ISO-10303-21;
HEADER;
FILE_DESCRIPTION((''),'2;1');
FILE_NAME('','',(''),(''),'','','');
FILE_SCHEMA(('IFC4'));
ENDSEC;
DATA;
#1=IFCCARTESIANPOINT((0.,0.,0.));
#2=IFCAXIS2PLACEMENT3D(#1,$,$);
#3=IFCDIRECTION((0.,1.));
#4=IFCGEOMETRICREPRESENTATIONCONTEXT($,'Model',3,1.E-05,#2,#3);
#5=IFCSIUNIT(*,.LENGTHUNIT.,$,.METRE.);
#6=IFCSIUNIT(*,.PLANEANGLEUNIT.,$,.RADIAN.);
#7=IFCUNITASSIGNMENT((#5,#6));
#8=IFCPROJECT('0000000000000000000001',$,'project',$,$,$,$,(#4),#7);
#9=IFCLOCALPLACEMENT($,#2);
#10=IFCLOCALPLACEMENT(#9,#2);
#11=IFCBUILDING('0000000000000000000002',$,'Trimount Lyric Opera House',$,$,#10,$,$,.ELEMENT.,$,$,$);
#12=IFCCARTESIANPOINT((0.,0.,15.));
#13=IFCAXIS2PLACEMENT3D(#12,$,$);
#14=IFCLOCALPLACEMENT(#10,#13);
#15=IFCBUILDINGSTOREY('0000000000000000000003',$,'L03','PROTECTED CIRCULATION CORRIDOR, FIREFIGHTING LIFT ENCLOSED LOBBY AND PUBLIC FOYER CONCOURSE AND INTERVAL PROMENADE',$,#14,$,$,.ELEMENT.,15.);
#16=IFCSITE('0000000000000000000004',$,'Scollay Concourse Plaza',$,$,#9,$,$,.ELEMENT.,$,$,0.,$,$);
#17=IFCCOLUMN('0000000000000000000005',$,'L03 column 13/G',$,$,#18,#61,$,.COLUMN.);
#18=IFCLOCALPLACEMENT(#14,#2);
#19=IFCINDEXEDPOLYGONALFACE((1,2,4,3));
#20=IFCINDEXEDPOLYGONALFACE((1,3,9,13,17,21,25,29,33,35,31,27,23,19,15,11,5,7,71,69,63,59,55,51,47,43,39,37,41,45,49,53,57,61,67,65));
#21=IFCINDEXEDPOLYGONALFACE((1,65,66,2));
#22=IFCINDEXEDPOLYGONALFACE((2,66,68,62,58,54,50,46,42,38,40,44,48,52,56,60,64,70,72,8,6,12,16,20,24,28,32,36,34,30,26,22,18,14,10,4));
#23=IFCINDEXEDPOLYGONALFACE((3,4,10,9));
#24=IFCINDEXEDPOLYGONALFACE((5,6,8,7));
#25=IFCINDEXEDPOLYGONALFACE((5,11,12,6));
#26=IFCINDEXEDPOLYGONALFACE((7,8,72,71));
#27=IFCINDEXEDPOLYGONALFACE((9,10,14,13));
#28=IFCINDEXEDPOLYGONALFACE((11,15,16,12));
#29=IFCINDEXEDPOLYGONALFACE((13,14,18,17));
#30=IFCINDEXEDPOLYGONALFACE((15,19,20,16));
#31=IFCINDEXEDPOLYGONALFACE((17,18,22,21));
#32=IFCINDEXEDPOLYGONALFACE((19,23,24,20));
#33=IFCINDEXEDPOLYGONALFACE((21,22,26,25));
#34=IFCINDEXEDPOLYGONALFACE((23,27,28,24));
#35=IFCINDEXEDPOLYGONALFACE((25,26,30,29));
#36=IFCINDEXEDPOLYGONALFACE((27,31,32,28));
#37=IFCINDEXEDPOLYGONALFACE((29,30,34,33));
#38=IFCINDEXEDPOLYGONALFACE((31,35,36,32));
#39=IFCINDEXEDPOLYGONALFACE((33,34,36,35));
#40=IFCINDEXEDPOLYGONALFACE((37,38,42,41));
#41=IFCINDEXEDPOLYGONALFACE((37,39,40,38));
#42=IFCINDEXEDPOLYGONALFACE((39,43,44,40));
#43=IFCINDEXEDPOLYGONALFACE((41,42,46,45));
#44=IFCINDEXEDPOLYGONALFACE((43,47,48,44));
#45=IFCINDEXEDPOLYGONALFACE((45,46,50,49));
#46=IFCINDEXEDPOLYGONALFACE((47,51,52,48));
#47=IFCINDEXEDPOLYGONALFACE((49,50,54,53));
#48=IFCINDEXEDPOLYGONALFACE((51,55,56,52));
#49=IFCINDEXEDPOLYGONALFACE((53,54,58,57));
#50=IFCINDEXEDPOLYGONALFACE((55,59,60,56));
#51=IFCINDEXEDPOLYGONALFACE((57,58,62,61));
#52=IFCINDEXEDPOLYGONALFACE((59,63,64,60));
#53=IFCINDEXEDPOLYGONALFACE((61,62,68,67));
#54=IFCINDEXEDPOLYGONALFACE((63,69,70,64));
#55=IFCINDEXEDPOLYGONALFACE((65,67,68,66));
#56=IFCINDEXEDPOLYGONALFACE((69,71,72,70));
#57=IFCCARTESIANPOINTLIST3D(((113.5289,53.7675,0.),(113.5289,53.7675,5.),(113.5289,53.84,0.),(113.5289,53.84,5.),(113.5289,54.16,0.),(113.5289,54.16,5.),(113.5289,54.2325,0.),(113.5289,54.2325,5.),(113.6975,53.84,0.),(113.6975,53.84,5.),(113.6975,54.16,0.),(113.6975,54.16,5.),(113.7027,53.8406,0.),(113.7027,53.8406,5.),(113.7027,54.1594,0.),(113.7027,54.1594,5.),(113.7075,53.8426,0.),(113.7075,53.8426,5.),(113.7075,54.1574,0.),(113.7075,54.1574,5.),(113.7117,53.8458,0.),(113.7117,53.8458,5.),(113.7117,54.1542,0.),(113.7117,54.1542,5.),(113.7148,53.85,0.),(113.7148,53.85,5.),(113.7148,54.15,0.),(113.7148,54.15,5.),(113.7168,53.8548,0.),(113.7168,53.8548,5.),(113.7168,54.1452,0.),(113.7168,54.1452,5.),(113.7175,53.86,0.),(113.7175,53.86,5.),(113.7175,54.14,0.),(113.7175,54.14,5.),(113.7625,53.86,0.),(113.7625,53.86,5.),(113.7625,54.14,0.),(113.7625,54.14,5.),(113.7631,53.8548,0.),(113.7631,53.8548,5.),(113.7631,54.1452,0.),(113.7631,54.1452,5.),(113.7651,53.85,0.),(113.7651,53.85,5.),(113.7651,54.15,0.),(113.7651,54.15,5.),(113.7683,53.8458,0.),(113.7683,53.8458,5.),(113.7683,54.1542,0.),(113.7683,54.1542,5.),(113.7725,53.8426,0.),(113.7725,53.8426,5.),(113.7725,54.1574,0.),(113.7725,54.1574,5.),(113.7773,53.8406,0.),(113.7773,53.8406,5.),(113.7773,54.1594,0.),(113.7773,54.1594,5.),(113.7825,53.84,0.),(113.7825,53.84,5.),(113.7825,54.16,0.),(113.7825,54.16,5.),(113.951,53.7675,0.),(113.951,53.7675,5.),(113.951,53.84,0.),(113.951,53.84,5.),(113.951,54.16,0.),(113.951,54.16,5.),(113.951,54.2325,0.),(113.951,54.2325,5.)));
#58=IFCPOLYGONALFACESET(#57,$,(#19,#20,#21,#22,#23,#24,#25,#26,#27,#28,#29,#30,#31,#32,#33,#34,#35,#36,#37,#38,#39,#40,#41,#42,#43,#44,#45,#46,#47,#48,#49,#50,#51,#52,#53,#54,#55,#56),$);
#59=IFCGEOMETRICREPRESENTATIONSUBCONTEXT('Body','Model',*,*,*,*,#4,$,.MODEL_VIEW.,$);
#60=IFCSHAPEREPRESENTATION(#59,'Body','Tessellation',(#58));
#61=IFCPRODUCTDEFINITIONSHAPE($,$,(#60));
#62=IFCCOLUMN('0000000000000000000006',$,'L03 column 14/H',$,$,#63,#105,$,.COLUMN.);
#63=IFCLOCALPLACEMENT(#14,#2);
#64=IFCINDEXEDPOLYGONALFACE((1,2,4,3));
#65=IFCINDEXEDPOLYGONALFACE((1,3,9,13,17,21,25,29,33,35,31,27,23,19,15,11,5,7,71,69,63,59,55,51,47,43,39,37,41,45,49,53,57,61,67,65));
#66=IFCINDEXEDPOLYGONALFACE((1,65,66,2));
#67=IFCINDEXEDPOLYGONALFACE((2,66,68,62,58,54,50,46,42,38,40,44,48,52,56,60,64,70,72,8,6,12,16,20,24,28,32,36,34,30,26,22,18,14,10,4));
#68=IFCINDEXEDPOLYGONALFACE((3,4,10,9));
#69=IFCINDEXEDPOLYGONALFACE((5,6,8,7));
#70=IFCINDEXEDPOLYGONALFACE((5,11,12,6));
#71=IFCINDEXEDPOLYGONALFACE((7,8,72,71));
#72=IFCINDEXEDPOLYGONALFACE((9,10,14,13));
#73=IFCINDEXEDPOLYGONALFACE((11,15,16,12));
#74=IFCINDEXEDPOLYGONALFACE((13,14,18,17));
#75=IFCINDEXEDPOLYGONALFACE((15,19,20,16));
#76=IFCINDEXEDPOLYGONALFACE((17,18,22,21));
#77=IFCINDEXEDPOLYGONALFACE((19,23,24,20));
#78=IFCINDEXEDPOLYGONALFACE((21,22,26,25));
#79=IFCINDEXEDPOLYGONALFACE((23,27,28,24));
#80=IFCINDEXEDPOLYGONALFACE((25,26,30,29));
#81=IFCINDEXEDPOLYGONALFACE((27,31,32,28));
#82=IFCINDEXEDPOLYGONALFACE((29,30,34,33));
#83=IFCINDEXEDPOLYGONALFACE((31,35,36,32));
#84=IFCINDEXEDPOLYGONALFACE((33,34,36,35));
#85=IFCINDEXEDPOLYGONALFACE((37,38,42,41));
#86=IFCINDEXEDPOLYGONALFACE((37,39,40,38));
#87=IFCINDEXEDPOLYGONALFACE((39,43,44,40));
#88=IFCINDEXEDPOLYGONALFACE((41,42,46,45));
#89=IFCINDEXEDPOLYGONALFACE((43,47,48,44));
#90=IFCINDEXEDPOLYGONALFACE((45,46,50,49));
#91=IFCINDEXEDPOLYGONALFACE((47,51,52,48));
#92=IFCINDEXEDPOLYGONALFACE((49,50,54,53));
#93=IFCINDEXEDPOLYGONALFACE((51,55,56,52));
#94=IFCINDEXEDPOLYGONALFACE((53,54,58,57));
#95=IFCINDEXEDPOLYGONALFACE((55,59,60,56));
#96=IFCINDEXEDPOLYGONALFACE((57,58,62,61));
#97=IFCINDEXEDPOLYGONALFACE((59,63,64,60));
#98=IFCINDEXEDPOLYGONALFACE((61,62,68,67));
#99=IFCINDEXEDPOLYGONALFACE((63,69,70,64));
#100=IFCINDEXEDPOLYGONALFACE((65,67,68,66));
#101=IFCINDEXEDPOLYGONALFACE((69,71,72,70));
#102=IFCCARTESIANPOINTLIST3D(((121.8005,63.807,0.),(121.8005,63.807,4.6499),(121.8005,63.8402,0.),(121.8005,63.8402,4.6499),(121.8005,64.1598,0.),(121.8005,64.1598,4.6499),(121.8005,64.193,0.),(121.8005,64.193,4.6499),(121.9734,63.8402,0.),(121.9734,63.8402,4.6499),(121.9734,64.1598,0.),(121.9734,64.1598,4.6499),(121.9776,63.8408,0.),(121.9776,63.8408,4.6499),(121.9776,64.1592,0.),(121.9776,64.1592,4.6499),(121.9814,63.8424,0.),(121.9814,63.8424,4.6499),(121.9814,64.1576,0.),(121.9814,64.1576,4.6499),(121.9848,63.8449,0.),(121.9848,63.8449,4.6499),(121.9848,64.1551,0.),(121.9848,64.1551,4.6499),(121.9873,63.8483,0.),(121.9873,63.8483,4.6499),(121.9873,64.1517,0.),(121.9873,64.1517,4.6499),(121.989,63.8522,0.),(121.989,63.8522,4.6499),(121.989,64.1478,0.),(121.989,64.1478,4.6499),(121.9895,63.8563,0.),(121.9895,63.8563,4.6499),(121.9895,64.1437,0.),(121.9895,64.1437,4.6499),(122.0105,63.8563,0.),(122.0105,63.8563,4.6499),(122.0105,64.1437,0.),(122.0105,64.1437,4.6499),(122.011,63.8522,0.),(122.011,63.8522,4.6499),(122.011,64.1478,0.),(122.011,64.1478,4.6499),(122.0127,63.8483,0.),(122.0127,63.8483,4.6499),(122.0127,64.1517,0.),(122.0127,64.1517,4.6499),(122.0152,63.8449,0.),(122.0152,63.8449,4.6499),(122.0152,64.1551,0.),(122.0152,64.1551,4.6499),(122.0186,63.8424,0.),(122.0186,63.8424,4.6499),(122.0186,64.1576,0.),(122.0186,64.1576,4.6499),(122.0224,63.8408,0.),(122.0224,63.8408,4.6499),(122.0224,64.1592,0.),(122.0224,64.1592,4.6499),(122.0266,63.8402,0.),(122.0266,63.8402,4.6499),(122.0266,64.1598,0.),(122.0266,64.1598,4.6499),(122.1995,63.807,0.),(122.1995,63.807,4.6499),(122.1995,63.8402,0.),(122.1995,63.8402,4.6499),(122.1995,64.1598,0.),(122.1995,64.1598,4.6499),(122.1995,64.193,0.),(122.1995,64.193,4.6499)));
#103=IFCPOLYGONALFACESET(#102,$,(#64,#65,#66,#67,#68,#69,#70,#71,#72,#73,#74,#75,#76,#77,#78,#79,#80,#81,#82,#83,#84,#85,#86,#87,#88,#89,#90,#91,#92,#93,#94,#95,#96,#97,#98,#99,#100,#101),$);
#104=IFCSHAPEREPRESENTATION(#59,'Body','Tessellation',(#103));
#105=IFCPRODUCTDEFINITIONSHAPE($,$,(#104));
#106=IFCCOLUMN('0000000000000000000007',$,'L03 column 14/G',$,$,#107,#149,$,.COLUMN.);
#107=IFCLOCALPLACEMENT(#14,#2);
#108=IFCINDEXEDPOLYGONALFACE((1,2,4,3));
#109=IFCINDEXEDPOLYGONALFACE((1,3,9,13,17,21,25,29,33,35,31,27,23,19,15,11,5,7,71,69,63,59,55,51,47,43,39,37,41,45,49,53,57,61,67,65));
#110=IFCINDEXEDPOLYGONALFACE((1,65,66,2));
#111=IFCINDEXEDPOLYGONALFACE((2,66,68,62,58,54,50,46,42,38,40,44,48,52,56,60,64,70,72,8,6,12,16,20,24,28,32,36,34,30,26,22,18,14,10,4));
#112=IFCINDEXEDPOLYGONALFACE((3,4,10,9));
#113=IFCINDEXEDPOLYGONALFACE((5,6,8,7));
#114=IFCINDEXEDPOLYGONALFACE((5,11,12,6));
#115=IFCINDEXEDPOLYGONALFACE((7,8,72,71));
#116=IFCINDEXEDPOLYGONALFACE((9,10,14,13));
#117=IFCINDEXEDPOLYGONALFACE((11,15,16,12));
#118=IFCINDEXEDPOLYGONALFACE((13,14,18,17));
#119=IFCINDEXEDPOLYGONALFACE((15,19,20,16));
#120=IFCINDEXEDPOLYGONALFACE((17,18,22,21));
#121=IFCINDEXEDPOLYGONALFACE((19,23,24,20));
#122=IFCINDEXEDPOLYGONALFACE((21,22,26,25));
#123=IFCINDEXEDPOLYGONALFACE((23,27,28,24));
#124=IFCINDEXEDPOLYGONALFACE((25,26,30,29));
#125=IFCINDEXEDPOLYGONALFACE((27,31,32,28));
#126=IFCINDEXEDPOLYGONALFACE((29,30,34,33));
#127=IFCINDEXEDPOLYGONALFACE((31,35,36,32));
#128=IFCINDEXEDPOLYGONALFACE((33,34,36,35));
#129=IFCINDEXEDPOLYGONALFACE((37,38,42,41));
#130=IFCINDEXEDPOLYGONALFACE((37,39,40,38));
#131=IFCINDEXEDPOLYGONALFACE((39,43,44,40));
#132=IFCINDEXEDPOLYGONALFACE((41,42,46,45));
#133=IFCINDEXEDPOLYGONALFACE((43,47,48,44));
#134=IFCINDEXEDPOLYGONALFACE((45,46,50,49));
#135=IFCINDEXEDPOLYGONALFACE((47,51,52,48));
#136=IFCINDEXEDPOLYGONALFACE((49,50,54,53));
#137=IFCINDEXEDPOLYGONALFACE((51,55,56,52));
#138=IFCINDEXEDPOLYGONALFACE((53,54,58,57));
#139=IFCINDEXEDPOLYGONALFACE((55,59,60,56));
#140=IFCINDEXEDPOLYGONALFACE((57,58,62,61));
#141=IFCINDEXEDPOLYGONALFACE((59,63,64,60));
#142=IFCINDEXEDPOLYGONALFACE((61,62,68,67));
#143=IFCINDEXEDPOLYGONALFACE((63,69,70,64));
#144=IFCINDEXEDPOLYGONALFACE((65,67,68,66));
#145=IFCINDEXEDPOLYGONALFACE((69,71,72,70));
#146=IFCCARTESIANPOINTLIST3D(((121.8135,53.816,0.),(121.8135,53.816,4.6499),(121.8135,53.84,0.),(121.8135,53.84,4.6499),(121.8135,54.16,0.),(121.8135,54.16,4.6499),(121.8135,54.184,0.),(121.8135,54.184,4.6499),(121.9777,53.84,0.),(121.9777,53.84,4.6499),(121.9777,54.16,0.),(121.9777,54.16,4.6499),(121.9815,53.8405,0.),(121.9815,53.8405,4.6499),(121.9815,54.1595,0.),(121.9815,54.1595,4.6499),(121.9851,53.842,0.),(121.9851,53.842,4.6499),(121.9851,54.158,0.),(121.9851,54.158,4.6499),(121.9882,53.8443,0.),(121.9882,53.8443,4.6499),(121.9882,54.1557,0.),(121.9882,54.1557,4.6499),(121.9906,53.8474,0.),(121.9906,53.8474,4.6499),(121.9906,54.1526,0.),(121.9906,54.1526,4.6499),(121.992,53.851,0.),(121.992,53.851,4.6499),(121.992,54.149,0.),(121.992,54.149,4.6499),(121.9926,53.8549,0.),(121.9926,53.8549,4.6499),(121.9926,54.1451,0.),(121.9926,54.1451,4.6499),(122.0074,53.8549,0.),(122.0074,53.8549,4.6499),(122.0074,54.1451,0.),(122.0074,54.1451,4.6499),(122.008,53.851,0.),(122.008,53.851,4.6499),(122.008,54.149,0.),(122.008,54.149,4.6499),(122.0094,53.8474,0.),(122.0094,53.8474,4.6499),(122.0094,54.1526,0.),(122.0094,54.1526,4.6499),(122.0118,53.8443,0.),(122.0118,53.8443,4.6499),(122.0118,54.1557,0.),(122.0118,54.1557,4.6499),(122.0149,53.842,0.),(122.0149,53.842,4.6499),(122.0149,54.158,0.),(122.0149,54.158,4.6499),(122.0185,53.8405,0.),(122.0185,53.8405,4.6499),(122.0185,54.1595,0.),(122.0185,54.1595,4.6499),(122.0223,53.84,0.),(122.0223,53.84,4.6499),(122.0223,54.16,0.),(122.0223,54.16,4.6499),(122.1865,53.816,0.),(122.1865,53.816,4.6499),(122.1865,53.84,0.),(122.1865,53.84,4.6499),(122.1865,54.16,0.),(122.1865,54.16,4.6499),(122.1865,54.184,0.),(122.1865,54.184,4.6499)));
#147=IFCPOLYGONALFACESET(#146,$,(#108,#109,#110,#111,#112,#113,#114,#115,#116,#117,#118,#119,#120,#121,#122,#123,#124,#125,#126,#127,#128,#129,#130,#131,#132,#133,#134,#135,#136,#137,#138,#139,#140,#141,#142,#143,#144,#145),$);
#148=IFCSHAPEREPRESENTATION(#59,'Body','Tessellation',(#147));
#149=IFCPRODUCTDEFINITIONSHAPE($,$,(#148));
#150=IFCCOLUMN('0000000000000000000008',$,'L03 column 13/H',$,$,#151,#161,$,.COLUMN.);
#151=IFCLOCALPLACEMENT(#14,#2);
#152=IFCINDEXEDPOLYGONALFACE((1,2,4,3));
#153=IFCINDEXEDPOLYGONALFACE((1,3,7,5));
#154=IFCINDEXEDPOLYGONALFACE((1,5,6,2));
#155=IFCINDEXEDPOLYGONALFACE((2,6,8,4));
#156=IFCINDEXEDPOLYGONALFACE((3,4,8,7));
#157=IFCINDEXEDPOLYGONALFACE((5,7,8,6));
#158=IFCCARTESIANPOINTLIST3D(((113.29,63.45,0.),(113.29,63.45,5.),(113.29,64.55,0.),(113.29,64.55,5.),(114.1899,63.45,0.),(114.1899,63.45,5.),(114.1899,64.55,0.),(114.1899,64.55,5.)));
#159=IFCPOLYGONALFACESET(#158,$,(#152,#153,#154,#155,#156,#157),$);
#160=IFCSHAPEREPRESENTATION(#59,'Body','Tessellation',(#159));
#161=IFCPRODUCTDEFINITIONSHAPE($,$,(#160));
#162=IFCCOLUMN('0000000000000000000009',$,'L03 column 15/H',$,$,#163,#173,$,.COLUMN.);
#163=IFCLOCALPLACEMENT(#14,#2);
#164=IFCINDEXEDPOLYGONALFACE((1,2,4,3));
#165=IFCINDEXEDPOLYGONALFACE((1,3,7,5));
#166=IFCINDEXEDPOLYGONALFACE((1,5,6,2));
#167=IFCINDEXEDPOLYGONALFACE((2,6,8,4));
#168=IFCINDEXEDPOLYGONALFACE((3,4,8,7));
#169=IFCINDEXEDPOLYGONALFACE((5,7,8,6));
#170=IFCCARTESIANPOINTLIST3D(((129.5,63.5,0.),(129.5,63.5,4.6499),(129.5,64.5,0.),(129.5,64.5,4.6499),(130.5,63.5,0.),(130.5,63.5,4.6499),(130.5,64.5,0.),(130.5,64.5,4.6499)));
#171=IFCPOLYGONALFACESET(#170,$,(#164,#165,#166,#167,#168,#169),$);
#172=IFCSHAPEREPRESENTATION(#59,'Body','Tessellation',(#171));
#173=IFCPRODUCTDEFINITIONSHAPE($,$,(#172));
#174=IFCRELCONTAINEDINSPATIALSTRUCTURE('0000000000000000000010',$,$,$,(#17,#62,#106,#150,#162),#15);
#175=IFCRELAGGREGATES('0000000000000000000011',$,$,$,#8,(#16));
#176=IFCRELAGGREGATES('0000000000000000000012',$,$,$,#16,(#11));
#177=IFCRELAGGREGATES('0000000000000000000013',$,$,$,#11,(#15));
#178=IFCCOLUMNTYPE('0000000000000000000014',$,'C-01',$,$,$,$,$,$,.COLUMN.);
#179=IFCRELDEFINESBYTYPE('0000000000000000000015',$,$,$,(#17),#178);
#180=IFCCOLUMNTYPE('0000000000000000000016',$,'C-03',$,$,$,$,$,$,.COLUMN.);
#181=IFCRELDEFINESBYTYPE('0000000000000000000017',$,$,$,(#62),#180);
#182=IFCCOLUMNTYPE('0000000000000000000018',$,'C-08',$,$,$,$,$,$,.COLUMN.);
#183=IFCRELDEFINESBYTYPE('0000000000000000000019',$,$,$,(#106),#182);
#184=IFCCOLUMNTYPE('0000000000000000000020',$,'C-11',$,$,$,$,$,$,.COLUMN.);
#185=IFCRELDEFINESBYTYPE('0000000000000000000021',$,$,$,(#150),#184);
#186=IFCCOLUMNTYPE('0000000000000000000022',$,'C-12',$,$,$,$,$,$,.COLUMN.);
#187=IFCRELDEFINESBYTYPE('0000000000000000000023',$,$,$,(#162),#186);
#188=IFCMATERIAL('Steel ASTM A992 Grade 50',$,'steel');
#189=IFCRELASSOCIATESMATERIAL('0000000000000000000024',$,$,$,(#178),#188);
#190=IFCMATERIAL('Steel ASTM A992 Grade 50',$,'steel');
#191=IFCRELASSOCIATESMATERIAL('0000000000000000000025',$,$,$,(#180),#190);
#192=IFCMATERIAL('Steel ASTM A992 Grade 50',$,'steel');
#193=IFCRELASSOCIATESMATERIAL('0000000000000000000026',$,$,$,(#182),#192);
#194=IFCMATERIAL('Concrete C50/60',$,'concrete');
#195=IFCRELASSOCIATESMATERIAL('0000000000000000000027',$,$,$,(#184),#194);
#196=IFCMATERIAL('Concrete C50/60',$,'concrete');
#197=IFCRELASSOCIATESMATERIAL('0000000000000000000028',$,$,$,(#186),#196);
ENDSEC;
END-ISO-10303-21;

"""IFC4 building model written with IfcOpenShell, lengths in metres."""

from ifc_helpers import new_model, si_unit, direction, frame, origin, origin_2d, place, context, subcontext, project, spatial, rectangle, i_section, extrude, material, material_profile, profile_set, type_object, element, save


model = new_model("IFC4")

# Units and contexts
model_context = context("Model", 3, precision=1e-05, world=origin(), true_north=direction((0.0, 1.0)))
body_context = subcontext(model_context, "Body", "Model", "MODEL_VIEW")
ifc_project = project(units=[si_unit("LENGTHUNIT", "METRE"), si_unit("PLANEANGLEUNIT", "RADIAN")], contexts=[model_context])

# Site, building, storey
site_placement = place(None, origin())
site = spatial("IfcSite", under=ifc_project, at=site_placement, Name="Scollay Concourse Plaza", CompositionType="ELEMENT", RefElevation=0.0)
building_placement = place(site_placement, origin())
building = spatial("IfcBuilding", under=site, at=building_placement, Name="Trimount Lyric Opera House", CompositionType="ELEMENT")
storey_placement = place(building_placement, frame((0.0, 0.0, 15.0)))
storey = spatial("IfcBuildingStorey", under=building, at=storey_placement, Name="L03", Description="PROTECTED CIRCULATION CORRIDOR, FIREFIGHTING LIFT ENCLOSED LOBBY AND PUBLIC FOYER CONCOURSE AND INTERVAL PROMENADE", CompositionType="ELEMENT", Elevation=15.0)

# Columns
ifc_material_1 = material(Name="Steel ASTM A992 Grade 50", Category="steel")
ifc_material_profile_1 = material_profile(ifc_material_1, i_section(OverallWidth=0.4221, OverallDepth=0.4651, WebThickness=0.0449, FlangeThickness=0.0725, FilletRadius=0.02, at=origin_2d()), Name="W14X398")
ifc_profile_set_1 = profile_set([ifc_material_profile_1], Name="Steel ASTM A992 Grade 50")
column_type_1 = type_object("IfcColumnType", Name="C-01", PredefinedType="COLUMN", material=ifc_profile_set_1)
column_1_placement = place(storey_placement, frame((113.74, 54.0, 0.0), z_axis=(0.0, 0.0, 1.0), x_axis=(1.0, 0.0, 0.0)))
element("IfcColumn", 1, at=column_1_placement, inside=storey, type_object=column_type_1, Name="L03 column 13/G", PredefinedType="COLUMN", context=body_context, shape_type="SweptSolid", body=[
    extrude(i_section(OverallWidth=0.4221, OverallDepth=0.4651, WebThickness=0.0449, FlangeThickness=0.0725, FilletRadius=0.02, at=origin_2d()), origin(), (0.0, 0.0, 1.0), 5.0),
])
ifc_material_2 = material(Name="Steel ASTM A992 Grade 50", Category="steel")
ifc_material_profile_2 = material_profile(ifc_material_2, i_section(OverallWidth=0.3989, OverallDepth=0.386, WebThickness=0.021, FlangeThickness=0.0332, FilletRadius=0.0161, at=origin_2d()), Name="W14X176")
ifc_profile_set_2 = profile_set([ifc_material_profile_2], Name="Steel ASTM A992 Grade 50")
column_type_2 = type_object("IfcColumnType", Name="C-03", PredefinedType="COLUMN", material=ifc_profile_set_2)
column_2_placement = place(storey_placement, frame((122.0, 64.0, 0.0), z_axis=(0.0, 0.0, 1.0), x_axis=(1.0, 0.0, 0.0)))
element("IfcColumn", 2, at=column_2_placement, inside=storey, type_object=column_type_2, Name="L03 column 14/H", PredefinedType="COLUMN", context=body_context, shape_type="SweptSolid", body=[
    extrude(i_section(OverallWidth=0.3989, OverallDepth=0.386, WebThickness=0.021, FlangeThickness=0.0332, FilletRadius=0.0161, at=origin_2d()), origin(), (0.0, 0.0, 1.0), 4.6499),
])
ifc_material_3 = material(Name="Steel ASTM A992 Grade 50", Category="steel")
ifc_material_profile_3 = material_profile(ifc_material_3, i_section(OverallWidth=0.373, OverallDepth=0.3679, WebThickness=0.0149, FlangeThickness=0.0239, FilletRadius=0.0149, at=origin_2d()), Name="W14X120")
ifc_profile_set_3 = profile_set([ifc_material_profile_3], Name="Steel ASTM A992 Grade 50")
column_type_3 = type_object("IfcColumnType", Name="C-08", PredefinedType="COLUMN", material=ifc_profile_set_3)
column_3_placement = place(storey_placement, frame((122.0, 54.0, 0.0), z_axis=(0.0, 0.0, 1.0), x_axis=(1.0, 0.0, 0.0)))
element("IfcColumn", 3, at=column_3_placement, inside=storey, type_object=column_type_3, Name="L03 column 14/G", PredefinedType="COLUMN", context=body_context, shape_type="SweptSolid", body=[
    extrude(i_section(OverallWidth=0.373, OverallDepth=0.3679, WebThickness=0.0149, FlangeThickness=0.0239, FilletRadius=0.0149, at=origin_2d()), origin(), (0.0, 0.0, 1.0), 4.6499),
])
ifc_material_4 = material(Name="Concrete C50/60", Category="concrete")
ifc_material_profile_4 = material_profile(ifc_material_4, rectangle(XDim=0.8999, YDim=1.1001, at=origin_2d()), Name="RC1100X900")
ifc_profile_set_4 = profile_set([ifc_material_profile_4], Name="Concrete C50/60")
column_type_4 = type_object("IfcColumnType", Name="C-11", PredefinedType="COLUMN", material=ifc_profile_set_4)
column_4_placement = place(storey_placement, frame((113.74, 64.0, 0.0), z_axis=(0.0, 0.0, 1.0), x_axis=(1.0, 0.0, 0.0)))
element("IfcColumn", 4, at=column_4_placement, inside=storey, type_object=column_type_4, Name="L03 column 13/H", PredefinedType="COLUMN", context=body_context, shape_type="SweptSolid", body=[
    extrude(rectangle(XDim=0.8999, YDim=1.1001, at=origin_2d()), origin(), (0.0, 0.0, 1.0), 5.0),
])
ifc_material_5 = material(Name="Concrete C50/60", Category="concrete")
ifc_material_profile_5 = material_profile(ifc_material_5, rectangle(XDim=1.0, YDim=1.0, at=origin_2d()), Name="RC1000X1000")
ifc_profile_set_5 = profile_set([ifc_material_profile_5], Name="Concrete C50/60")
column_type_5 = type_object("IfcColumnType", Name="C-12", PredefinedType="COLUMN", material=ifc_profile_set_5)
column_5_placement = place(storey_placement, frame((130.0, 64.0, 0.0), z_axis=(0.0, 0.0, 1.0), x_axis=(1.0, 0.0, 0.0)))
element("IfcColumn", 5, at=column_5_placement, inside=storey, type_object=column_type_5, Name="L03 column 15/H", PredefinedType="COLUMN", context=body_context, shape_type="SweptSolid", body=[
    extrude(rectangle(XDim=1.0, YDim=1.0, at=origin_2d()), origin(), (0.0, 0.0, 1.0), 4.6499),
])

save(model, "model.ifc")
